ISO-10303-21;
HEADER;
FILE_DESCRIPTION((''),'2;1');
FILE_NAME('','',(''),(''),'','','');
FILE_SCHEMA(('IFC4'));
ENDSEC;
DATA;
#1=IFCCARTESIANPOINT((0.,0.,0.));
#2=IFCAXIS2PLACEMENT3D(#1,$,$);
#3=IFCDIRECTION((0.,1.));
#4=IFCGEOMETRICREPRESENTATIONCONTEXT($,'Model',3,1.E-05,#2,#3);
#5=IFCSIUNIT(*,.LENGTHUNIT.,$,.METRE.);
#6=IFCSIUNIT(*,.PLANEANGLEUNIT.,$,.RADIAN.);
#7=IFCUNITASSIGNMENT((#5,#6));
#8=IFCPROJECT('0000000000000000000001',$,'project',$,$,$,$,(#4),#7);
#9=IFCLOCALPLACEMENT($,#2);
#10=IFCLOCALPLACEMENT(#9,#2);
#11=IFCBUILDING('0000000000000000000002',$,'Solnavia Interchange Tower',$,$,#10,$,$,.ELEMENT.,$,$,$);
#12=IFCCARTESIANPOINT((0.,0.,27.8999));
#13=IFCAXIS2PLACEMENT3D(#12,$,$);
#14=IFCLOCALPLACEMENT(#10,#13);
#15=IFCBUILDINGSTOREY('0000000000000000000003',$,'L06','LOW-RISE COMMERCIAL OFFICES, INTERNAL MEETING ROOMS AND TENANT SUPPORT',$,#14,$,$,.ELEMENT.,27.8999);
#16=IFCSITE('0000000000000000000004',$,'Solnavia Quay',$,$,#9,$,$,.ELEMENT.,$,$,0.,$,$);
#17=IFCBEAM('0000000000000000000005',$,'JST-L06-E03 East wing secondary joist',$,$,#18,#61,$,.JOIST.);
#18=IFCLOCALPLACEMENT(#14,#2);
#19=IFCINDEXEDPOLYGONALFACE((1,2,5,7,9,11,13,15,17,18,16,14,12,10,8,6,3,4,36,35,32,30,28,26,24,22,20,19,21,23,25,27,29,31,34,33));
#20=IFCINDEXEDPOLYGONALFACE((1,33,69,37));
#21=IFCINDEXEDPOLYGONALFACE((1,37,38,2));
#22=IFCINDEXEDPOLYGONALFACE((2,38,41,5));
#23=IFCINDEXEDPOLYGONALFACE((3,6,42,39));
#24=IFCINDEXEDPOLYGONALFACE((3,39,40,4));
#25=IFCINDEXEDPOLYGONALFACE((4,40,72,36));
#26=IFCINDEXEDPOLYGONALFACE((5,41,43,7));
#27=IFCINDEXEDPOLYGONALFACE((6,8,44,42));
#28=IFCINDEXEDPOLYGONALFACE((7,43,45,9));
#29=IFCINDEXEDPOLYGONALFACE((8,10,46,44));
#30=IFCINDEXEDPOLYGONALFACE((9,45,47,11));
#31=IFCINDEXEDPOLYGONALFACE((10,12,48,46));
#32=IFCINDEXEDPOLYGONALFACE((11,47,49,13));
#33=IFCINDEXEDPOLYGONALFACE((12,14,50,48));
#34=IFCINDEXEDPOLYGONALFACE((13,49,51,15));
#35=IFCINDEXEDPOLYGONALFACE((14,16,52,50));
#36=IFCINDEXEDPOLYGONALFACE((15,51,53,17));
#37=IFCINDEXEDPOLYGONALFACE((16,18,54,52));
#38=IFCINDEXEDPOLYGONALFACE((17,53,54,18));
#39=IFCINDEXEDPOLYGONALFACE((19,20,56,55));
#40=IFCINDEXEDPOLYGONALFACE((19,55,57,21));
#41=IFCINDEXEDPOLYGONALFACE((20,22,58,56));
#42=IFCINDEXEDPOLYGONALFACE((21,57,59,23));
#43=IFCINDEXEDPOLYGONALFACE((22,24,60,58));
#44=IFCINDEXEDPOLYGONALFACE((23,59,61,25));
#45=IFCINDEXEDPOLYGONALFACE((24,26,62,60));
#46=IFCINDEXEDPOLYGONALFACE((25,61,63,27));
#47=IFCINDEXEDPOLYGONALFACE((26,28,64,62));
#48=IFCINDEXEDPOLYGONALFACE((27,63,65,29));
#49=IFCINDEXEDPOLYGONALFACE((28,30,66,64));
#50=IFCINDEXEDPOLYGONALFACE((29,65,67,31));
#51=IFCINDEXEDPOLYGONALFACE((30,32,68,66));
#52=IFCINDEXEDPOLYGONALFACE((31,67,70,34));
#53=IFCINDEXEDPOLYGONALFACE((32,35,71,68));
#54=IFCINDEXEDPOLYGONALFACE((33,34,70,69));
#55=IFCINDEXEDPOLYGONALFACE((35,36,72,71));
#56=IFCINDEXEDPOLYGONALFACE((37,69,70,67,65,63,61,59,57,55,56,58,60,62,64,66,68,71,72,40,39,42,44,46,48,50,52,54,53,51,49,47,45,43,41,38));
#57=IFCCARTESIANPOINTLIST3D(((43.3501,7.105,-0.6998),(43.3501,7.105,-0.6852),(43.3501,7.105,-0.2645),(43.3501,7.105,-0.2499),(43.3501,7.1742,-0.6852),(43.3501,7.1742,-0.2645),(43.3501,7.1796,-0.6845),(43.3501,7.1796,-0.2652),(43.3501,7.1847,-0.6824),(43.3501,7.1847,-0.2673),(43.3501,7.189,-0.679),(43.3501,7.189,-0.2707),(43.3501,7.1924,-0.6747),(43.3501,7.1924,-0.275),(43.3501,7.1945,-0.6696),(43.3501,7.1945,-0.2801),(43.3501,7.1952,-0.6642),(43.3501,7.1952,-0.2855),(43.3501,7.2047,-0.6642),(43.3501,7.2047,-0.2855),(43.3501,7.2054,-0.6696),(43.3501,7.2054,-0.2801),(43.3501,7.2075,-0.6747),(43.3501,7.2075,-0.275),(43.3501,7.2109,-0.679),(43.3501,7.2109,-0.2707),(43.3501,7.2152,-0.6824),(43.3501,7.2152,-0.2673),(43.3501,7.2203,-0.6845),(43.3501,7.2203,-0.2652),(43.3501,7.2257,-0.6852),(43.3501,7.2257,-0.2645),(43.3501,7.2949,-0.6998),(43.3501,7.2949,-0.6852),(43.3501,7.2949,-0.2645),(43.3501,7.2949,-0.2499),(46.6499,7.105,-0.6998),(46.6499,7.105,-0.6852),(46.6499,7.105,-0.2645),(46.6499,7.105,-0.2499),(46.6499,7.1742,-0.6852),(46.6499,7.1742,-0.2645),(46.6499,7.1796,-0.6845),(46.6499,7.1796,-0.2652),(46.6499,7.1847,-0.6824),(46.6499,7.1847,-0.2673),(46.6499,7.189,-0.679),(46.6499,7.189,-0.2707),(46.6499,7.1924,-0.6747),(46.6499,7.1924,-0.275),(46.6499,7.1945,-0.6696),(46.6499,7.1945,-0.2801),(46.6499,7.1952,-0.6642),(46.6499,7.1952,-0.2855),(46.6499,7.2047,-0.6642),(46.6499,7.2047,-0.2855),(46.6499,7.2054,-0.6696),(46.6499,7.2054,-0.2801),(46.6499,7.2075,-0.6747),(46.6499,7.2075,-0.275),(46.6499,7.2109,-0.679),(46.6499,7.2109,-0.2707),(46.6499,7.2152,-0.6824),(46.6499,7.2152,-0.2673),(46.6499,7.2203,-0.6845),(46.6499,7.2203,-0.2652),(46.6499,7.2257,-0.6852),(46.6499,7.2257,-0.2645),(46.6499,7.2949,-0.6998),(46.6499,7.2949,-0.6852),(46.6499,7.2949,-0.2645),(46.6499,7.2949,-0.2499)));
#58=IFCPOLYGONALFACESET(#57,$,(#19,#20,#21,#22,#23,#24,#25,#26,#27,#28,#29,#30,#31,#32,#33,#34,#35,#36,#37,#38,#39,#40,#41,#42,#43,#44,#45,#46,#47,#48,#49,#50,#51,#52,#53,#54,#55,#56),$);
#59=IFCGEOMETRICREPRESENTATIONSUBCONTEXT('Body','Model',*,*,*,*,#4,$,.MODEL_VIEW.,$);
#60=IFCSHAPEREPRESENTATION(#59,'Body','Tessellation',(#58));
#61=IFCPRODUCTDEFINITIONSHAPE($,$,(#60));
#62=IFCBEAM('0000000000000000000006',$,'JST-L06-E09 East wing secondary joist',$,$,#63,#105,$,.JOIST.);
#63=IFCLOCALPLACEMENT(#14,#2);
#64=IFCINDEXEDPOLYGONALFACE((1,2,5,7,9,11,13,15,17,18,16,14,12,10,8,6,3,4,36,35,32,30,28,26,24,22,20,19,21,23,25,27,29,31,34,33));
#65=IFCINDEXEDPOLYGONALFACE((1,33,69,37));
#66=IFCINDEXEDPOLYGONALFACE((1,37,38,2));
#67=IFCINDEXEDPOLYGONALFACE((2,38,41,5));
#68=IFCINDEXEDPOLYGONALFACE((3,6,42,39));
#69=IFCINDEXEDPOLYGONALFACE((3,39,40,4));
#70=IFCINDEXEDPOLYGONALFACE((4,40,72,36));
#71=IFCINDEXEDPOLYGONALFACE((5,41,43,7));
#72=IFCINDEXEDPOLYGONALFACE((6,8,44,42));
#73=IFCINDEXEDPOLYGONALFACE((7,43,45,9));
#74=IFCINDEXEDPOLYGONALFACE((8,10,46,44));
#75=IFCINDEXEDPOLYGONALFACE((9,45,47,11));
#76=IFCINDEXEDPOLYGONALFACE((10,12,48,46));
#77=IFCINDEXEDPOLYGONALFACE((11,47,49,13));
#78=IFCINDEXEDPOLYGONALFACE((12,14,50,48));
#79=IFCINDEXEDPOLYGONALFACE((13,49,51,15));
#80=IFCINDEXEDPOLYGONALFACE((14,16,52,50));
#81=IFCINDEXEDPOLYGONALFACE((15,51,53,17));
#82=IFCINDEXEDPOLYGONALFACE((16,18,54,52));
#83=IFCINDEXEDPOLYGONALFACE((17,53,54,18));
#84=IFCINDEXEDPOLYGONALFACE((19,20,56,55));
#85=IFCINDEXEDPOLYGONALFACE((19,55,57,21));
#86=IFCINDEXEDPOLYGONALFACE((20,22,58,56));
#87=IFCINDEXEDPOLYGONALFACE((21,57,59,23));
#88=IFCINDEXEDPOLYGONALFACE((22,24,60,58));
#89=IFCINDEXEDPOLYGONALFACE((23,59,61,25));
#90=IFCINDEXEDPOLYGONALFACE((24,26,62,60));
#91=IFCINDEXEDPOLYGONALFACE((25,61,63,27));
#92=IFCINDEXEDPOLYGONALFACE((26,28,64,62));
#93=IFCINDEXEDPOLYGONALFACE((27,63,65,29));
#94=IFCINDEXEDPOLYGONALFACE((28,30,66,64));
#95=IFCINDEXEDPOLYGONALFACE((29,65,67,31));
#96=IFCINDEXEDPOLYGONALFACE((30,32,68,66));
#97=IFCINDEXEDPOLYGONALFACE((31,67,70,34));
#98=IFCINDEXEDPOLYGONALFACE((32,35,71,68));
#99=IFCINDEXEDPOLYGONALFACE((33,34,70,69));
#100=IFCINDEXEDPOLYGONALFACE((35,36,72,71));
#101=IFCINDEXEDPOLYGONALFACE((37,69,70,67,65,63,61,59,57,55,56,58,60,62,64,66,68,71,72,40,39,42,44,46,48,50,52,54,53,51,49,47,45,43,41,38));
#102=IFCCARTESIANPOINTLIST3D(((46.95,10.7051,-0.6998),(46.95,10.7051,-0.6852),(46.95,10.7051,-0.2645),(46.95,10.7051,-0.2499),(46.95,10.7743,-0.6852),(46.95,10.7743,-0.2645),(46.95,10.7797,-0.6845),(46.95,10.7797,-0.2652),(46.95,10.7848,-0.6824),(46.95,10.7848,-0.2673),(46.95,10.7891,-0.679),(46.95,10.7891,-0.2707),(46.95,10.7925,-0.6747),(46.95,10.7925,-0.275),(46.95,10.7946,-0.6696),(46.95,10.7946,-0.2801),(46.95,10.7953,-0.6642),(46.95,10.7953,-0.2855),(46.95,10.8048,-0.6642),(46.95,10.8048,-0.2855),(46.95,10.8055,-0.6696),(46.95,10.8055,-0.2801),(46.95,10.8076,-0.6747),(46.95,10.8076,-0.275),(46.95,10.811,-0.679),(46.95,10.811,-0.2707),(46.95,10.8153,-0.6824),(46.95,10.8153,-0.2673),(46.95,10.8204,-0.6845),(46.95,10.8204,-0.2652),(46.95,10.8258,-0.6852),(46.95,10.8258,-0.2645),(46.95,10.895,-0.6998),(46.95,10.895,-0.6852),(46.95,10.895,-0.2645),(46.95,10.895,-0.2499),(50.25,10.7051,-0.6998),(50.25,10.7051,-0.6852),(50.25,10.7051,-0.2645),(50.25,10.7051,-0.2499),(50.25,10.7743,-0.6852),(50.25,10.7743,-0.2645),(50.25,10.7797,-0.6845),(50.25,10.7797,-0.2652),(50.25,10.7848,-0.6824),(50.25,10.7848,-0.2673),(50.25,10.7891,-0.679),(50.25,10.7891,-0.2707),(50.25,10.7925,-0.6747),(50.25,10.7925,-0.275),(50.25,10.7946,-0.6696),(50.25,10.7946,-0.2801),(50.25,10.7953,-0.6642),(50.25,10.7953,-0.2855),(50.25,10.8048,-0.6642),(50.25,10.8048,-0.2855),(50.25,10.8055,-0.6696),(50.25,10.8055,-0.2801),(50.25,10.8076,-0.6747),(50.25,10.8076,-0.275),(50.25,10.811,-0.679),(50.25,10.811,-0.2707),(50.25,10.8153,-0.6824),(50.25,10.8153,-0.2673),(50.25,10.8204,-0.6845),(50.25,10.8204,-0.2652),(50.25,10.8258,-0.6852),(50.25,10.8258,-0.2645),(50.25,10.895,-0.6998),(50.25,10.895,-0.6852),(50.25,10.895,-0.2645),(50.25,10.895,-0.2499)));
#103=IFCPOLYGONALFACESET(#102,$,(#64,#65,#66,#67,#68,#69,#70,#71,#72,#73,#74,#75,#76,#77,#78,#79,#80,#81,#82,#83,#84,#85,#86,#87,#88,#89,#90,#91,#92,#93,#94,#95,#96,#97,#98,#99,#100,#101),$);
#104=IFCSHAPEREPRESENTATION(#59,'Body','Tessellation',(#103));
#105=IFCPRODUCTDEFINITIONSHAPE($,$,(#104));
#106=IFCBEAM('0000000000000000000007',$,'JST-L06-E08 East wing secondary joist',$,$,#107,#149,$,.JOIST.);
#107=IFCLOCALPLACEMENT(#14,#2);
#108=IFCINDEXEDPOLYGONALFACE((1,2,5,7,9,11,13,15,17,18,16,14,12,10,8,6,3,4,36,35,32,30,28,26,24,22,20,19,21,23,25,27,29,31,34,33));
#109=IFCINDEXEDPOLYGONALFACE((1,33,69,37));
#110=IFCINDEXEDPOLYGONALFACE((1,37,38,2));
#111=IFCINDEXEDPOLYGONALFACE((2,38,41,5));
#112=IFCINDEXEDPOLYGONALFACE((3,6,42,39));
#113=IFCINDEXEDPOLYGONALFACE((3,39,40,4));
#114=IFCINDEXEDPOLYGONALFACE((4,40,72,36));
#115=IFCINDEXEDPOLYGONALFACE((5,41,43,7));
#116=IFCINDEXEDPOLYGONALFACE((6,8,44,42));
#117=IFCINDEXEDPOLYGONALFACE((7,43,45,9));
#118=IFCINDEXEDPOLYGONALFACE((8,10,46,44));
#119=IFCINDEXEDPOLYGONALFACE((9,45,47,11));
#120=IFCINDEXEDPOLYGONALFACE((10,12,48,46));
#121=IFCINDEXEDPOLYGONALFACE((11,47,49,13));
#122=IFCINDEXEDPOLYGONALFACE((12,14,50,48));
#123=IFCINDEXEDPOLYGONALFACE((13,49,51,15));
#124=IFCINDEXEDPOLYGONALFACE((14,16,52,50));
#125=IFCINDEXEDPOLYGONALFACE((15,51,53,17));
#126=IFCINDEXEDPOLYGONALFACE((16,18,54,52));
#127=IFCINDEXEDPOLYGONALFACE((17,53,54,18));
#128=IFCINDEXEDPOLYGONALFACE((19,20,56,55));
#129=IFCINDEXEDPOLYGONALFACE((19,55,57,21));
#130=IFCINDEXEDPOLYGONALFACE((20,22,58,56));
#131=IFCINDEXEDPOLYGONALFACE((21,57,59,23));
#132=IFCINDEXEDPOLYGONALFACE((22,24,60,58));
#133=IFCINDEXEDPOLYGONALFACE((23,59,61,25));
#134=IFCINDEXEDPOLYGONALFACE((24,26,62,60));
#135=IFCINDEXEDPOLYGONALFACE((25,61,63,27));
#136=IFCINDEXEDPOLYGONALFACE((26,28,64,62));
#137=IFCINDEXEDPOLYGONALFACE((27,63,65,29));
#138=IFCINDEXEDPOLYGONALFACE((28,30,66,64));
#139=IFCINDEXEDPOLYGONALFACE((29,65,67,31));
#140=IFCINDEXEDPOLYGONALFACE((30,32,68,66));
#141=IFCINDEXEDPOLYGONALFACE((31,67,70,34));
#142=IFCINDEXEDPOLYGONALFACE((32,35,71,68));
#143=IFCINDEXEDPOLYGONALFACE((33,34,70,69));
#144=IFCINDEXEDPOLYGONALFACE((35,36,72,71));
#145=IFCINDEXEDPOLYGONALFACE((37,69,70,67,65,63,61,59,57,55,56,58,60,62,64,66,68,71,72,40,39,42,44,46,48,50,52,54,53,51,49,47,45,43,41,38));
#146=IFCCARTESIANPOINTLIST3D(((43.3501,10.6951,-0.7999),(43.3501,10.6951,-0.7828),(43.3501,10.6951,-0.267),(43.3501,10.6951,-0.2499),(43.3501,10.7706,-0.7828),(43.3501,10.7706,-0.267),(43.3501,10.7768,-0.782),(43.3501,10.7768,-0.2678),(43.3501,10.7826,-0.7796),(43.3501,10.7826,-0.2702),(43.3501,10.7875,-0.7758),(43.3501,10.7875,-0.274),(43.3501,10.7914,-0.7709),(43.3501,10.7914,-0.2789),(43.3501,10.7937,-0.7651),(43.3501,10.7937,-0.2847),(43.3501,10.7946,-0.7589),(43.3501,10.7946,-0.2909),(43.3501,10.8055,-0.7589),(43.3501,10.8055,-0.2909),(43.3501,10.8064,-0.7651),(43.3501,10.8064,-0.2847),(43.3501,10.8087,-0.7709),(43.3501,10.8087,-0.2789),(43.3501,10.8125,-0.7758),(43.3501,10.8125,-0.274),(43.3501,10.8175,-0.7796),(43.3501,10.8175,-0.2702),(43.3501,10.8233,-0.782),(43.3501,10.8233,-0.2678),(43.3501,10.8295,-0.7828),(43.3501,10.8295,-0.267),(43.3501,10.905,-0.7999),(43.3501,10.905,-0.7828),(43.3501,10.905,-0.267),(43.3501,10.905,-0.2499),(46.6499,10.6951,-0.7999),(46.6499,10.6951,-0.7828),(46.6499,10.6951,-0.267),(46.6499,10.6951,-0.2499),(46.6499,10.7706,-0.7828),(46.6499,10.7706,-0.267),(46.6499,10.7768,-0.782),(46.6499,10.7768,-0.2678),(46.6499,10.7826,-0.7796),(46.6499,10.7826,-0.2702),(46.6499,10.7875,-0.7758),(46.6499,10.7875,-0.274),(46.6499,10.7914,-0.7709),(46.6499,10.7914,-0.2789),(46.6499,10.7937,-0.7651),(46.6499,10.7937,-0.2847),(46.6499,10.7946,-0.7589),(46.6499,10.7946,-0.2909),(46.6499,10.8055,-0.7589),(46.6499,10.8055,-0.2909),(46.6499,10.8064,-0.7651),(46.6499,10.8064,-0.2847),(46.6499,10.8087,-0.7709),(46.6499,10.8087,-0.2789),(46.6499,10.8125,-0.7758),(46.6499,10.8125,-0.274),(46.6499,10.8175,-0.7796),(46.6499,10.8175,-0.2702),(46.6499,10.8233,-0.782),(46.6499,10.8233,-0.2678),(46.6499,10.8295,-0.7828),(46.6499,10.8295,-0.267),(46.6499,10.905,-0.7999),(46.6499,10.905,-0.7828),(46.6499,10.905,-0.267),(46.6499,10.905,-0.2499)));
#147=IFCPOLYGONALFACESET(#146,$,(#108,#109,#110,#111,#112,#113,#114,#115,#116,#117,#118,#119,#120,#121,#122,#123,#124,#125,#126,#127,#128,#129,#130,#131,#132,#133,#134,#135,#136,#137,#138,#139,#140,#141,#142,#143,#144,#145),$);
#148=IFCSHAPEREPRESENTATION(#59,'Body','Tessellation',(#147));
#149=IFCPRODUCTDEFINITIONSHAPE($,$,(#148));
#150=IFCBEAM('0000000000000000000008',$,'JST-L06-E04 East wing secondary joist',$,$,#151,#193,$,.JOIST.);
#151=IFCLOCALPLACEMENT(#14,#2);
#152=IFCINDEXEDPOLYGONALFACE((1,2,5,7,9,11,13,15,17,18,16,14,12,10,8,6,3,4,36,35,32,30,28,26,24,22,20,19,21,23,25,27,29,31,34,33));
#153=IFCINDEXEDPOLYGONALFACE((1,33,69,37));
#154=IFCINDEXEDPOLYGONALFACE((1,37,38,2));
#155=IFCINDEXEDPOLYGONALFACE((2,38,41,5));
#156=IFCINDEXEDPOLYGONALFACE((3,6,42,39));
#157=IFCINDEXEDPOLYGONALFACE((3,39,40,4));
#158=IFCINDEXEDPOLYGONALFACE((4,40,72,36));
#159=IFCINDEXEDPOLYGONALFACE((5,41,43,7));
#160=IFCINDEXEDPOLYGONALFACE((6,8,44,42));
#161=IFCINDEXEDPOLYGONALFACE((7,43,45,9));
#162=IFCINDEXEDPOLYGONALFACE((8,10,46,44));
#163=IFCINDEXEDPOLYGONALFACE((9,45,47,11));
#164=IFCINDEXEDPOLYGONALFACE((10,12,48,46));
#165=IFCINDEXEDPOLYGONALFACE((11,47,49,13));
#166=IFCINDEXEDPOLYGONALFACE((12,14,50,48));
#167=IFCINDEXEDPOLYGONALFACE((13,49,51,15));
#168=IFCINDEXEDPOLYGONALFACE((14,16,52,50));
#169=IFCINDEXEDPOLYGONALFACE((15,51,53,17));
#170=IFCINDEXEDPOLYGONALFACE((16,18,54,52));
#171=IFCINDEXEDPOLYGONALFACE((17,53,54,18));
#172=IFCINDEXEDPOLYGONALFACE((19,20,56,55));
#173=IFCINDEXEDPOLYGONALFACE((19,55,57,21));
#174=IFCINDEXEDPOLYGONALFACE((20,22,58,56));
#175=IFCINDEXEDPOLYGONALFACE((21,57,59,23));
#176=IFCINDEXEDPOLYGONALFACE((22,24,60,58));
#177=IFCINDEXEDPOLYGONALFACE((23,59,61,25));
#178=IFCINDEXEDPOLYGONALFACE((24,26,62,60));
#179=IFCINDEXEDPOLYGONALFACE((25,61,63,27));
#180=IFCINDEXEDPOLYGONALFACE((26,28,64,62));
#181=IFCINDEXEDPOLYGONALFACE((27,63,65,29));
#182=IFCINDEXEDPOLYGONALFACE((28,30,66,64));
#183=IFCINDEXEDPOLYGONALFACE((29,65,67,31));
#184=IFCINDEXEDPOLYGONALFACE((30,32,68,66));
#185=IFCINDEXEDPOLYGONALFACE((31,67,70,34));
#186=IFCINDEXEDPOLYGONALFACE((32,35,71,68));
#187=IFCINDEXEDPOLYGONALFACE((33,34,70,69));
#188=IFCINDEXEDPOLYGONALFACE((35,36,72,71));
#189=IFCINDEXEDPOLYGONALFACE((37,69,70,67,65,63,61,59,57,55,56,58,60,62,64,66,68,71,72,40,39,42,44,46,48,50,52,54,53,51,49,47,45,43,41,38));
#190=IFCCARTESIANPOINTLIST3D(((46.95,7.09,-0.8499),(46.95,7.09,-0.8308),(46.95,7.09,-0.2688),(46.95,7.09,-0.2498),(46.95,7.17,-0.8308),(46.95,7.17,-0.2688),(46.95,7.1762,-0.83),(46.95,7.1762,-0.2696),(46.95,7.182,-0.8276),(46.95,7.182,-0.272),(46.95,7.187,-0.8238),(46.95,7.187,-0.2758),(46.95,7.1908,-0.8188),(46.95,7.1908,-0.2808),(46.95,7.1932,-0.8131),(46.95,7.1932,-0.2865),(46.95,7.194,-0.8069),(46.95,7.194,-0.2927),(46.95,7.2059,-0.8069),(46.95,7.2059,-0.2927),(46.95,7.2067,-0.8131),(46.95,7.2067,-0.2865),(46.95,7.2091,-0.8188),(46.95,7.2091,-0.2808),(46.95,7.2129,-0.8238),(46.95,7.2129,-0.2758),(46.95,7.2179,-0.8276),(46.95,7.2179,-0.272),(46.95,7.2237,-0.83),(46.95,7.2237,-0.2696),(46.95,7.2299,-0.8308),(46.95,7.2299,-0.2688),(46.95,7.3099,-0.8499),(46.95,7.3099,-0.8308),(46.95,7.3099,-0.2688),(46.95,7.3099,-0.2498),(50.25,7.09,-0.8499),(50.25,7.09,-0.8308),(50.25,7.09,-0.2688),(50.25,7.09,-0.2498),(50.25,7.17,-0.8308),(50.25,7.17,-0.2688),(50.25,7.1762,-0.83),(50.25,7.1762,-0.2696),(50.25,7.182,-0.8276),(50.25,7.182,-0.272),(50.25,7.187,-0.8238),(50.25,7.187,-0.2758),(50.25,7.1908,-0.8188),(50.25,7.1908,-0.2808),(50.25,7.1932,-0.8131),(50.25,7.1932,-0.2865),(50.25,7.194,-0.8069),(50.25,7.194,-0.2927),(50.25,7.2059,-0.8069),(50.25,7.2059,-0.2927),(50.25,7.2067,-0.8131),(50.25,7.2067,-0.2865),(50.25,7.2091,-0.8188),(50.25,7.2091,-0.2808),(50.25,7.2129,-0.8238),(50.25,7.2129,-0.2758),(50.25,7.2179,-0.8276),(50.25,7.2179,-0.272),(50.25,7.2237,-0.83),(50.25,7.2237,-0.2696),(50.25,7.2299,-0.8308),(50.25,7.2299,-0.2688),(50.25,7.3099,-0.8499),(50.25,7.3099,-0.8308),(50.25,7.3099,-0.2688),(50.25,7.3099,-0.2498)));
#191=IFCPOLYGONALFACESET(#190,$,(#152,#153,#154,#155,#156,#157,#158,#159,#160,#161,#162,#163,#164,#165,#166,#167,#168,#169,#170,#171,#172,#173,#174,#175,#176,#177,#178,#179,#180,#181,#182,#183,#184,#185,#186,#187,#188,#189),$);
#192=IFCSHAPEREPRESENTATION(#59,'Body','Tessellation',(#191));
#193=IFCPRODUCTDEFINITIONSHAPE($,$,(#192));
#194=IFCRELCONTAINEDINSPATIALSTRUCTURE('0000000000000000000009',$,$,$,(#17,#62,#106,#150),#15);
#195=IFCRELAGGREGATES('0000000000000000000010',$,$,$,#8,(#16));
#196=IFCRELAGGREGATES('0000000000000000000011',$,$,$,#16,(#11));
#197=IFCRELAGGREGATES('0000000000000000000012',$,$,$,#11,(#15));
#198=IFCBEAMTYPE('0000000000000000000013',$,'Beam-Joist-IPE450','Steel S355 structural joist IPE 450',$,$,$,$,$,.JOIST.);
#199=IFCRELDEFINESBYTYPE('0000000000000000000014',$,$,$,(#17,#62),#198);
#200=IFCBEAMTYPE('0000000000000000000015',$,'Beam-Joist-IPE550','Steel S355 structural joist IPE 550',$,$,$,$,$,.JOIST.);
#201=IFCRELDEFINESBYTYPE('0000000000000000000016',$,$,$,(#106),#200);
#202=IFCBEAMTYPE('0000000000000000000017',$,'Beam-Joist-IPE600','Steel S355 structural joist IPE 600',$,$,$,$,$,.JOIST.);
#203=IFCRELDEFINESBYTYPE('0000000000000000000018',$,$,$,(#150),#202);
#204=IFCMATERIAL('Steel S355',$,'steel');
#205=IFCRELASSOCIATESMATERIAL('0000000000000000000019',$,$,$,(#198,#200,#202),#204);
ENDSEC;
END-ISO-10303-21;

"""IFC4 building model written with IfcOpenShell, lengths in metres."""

from ifc_helpers import new_model, si_unit, direction, frame, origin, origin_2d, place, context, subcontext, project, spatial, i_section, extrude, material, material_profile, profile_set, type_object, element, save


model = new_model("IFC4")

# Units and contexts
model_context = context("Model", 3, precision=1e-05, world=origin(), true_north=direction((0.0, 1.0)))
body_context = subcontext(model_context, "Body", "Model", "MODEL_VIEW")
ifc_project = project(units=[si_unit("LENGTHUNIT", "METRE"), si_unit("PLANEANGLEUNIT", "RADIAN")], contexts=[model_context])

# Site, building, storey
site_placement = place(None, origin())
site = spatial("IfcSite", under=ifc_project, at=site_placement, Name="Solnavia Quay", CompositionType="ELEMENT", RefElevation=0.0)
building_placement = place(site_placement, origin())
building = spatial("IfcBuilding", under=site, at=building_placement, Name="Solnavia Interchange Tower", CompositionType="ELEMENT")
storey_placement = place(building_placement, frame((0.0, 0.0, 27.8999)))
storey = spatial("IfcBuildingStorey", under=building, at=storey_placement, Name="L06", Description="LOW-RISE COMMERCIAL OFFICES, INTERNAL MEETING ROOMS AND TENANT SUPPORT", CompositionType="ELEMENT", Elevation=27.8999)

# Shared definitions
ifc_material_1 = material(Name="Steel S355", Category="steel")

# Beams
ifc_material_profile_1 = material_profile(ifc_material_1, i_section(OverallWidth=0.1899, OverallDepth=0.45, WebThickness=0.0095, FlangeThickness=0.0146, FilletRadius=0.021, at=origin_2d()), Name="IPE 450")
ifc_profile_set_1 = profile_set([ifc_material_profile_1], Name="Steel S355")
beam_type_1 = type_object("IfcBeamType", Name="Beam-Joist-IPE450", Description="Steel S355 structural joist IPE 450", PredefinedType="JOIST", material=ifc_profile_set_1)
beam_1_placement = place(storey_placement, frame((43.3501, 7.2, -0.4749), z_axis=(1.0, 0.0, 0.0), x_axis=(0.0, 1.0, 0.0)))
element("IfcBeam", 1, at=beam_1_placement, inside=storey, type_object=beam_type_1, Name="JST-L06-E03 East wing secondary joist", PredefinedType="JOIST", context=body_context, shape_type="SweptSolid", body=[
    extrude(i_section(OverallWidth=0.1899, OverallDepth=0.45, WebThickness=0.0095, FlangeThickness=0.0146, FilletRadius=0.021, at=origin_2d()), origin(), (0.0, 0.0, 1.0), 3.2998),
])
beam_2_placement = place(storey_placement, frame((46.95, 10.8, -0.4749), z_axis=(1.0, 0.0, 0.0), x_axis=(0.0, 1.0, 0.0)))
element("IfcBeam", 2, at=beam_2_placement, inside=storey, type_object=beam_type_1, Name="JST-L06-E09 East wing secondary joist", PredefinedType="JOIST", context=body_context, shape_type="SweptSolid", body=[
    extrude(i_section(OverallWidth=0.1899, OverallDepth=0.45, WebThickness=0.0095, FlangeThickness=0.0146, FilletRadius=0.021, at=origin_2d()), origin(), (0.0, 0.0, 1.0), 3.3),
])
ifc_material_profile_2 = material_profile(ifc_material_1, i_section(OverallWidth=0.21, OverallDepth=0.55, WebThickness=0.011, FlangeThickness=0.0171, FilletRadius=0.0239, at=origin_2d()), Name="IPE 550")
ifc_profile_set_2 = profile_set([ifc_material_profile_2], Name="Steel S355")
beam_type_2 = type_object("IfcBeamType", Name="Beam-Joist-IPE550", Description="Steel S355 structural joist IPE 550", PredefinedType="JOIST", material=ifc_profile_set_2)
beam_3_placement = place(storey_placement, frame((43.3501, 10.8, -0.5249), z_axis=(1.0, 0.0, 0.0), x_axis=(0.0, 1.0, 0.0)))
element("IfcBeam", 3, at=beam_3_placement, inside=storey, type_object=beam_type_2, Name="JST-L06-E08 East wing secondary joist", PredefinedType="JOIST", context=body_context, shape_type="SweptSolid", body=[
    extrude(i_section(OverallWidth=0.21, OverallDepth=0.55, WebThickness=0.011, FlangeThickness=0.0171, FilletRadius=0.0239, at=origin_2d()), origin(), (0.0, 0.0, 1.0), 3.2998),
])
ifc_material_profile_3 = material_profile(ifc_material_1, i_section(OverallWidth=0.22, OverallDepth=0.6001, WebThickness=0.012, FlangeThickness=0.019, FilletRadius=0.0239, at=origin_2d()), Name="IPE 600")
ifc_profile_set_3 = profile_set([ifc_material_profile_3], Name="Steel S355")
beam_type_3 = type_object("IfcBeamType", Name="Beam-Joist-IPE600", Description="Steel S355 structural joist IPE 600", PredefinedType="JOIST", material=ifc_profile_set_3)
beam_4_placement = place(storey_placement, frame((46.95, 7.2, -0.5498), z_axis=(1.0, 0.0, 0.0), x_axis=(0.0, 1.0, 0.0)))
element("IfcBeam", 4, at=beam_4_placement, inside=storey, type_object=beam_type_3, Name="JST-L06-E04 East wing secondary joist", PredefinedType="JOIST", context=body_context, shape_type="SweptSolid", body=[
    extrude(i_section(OverallWidth=0.22, OverallDepth=0.6001, WebThickness=0.012, FlangeThickness=0.019, FilletRadius=0.0239, at=origin_2d()), origin(), (0.0, 0.0, 1.0), 3.3),
])

save(model, "model.ifc")
